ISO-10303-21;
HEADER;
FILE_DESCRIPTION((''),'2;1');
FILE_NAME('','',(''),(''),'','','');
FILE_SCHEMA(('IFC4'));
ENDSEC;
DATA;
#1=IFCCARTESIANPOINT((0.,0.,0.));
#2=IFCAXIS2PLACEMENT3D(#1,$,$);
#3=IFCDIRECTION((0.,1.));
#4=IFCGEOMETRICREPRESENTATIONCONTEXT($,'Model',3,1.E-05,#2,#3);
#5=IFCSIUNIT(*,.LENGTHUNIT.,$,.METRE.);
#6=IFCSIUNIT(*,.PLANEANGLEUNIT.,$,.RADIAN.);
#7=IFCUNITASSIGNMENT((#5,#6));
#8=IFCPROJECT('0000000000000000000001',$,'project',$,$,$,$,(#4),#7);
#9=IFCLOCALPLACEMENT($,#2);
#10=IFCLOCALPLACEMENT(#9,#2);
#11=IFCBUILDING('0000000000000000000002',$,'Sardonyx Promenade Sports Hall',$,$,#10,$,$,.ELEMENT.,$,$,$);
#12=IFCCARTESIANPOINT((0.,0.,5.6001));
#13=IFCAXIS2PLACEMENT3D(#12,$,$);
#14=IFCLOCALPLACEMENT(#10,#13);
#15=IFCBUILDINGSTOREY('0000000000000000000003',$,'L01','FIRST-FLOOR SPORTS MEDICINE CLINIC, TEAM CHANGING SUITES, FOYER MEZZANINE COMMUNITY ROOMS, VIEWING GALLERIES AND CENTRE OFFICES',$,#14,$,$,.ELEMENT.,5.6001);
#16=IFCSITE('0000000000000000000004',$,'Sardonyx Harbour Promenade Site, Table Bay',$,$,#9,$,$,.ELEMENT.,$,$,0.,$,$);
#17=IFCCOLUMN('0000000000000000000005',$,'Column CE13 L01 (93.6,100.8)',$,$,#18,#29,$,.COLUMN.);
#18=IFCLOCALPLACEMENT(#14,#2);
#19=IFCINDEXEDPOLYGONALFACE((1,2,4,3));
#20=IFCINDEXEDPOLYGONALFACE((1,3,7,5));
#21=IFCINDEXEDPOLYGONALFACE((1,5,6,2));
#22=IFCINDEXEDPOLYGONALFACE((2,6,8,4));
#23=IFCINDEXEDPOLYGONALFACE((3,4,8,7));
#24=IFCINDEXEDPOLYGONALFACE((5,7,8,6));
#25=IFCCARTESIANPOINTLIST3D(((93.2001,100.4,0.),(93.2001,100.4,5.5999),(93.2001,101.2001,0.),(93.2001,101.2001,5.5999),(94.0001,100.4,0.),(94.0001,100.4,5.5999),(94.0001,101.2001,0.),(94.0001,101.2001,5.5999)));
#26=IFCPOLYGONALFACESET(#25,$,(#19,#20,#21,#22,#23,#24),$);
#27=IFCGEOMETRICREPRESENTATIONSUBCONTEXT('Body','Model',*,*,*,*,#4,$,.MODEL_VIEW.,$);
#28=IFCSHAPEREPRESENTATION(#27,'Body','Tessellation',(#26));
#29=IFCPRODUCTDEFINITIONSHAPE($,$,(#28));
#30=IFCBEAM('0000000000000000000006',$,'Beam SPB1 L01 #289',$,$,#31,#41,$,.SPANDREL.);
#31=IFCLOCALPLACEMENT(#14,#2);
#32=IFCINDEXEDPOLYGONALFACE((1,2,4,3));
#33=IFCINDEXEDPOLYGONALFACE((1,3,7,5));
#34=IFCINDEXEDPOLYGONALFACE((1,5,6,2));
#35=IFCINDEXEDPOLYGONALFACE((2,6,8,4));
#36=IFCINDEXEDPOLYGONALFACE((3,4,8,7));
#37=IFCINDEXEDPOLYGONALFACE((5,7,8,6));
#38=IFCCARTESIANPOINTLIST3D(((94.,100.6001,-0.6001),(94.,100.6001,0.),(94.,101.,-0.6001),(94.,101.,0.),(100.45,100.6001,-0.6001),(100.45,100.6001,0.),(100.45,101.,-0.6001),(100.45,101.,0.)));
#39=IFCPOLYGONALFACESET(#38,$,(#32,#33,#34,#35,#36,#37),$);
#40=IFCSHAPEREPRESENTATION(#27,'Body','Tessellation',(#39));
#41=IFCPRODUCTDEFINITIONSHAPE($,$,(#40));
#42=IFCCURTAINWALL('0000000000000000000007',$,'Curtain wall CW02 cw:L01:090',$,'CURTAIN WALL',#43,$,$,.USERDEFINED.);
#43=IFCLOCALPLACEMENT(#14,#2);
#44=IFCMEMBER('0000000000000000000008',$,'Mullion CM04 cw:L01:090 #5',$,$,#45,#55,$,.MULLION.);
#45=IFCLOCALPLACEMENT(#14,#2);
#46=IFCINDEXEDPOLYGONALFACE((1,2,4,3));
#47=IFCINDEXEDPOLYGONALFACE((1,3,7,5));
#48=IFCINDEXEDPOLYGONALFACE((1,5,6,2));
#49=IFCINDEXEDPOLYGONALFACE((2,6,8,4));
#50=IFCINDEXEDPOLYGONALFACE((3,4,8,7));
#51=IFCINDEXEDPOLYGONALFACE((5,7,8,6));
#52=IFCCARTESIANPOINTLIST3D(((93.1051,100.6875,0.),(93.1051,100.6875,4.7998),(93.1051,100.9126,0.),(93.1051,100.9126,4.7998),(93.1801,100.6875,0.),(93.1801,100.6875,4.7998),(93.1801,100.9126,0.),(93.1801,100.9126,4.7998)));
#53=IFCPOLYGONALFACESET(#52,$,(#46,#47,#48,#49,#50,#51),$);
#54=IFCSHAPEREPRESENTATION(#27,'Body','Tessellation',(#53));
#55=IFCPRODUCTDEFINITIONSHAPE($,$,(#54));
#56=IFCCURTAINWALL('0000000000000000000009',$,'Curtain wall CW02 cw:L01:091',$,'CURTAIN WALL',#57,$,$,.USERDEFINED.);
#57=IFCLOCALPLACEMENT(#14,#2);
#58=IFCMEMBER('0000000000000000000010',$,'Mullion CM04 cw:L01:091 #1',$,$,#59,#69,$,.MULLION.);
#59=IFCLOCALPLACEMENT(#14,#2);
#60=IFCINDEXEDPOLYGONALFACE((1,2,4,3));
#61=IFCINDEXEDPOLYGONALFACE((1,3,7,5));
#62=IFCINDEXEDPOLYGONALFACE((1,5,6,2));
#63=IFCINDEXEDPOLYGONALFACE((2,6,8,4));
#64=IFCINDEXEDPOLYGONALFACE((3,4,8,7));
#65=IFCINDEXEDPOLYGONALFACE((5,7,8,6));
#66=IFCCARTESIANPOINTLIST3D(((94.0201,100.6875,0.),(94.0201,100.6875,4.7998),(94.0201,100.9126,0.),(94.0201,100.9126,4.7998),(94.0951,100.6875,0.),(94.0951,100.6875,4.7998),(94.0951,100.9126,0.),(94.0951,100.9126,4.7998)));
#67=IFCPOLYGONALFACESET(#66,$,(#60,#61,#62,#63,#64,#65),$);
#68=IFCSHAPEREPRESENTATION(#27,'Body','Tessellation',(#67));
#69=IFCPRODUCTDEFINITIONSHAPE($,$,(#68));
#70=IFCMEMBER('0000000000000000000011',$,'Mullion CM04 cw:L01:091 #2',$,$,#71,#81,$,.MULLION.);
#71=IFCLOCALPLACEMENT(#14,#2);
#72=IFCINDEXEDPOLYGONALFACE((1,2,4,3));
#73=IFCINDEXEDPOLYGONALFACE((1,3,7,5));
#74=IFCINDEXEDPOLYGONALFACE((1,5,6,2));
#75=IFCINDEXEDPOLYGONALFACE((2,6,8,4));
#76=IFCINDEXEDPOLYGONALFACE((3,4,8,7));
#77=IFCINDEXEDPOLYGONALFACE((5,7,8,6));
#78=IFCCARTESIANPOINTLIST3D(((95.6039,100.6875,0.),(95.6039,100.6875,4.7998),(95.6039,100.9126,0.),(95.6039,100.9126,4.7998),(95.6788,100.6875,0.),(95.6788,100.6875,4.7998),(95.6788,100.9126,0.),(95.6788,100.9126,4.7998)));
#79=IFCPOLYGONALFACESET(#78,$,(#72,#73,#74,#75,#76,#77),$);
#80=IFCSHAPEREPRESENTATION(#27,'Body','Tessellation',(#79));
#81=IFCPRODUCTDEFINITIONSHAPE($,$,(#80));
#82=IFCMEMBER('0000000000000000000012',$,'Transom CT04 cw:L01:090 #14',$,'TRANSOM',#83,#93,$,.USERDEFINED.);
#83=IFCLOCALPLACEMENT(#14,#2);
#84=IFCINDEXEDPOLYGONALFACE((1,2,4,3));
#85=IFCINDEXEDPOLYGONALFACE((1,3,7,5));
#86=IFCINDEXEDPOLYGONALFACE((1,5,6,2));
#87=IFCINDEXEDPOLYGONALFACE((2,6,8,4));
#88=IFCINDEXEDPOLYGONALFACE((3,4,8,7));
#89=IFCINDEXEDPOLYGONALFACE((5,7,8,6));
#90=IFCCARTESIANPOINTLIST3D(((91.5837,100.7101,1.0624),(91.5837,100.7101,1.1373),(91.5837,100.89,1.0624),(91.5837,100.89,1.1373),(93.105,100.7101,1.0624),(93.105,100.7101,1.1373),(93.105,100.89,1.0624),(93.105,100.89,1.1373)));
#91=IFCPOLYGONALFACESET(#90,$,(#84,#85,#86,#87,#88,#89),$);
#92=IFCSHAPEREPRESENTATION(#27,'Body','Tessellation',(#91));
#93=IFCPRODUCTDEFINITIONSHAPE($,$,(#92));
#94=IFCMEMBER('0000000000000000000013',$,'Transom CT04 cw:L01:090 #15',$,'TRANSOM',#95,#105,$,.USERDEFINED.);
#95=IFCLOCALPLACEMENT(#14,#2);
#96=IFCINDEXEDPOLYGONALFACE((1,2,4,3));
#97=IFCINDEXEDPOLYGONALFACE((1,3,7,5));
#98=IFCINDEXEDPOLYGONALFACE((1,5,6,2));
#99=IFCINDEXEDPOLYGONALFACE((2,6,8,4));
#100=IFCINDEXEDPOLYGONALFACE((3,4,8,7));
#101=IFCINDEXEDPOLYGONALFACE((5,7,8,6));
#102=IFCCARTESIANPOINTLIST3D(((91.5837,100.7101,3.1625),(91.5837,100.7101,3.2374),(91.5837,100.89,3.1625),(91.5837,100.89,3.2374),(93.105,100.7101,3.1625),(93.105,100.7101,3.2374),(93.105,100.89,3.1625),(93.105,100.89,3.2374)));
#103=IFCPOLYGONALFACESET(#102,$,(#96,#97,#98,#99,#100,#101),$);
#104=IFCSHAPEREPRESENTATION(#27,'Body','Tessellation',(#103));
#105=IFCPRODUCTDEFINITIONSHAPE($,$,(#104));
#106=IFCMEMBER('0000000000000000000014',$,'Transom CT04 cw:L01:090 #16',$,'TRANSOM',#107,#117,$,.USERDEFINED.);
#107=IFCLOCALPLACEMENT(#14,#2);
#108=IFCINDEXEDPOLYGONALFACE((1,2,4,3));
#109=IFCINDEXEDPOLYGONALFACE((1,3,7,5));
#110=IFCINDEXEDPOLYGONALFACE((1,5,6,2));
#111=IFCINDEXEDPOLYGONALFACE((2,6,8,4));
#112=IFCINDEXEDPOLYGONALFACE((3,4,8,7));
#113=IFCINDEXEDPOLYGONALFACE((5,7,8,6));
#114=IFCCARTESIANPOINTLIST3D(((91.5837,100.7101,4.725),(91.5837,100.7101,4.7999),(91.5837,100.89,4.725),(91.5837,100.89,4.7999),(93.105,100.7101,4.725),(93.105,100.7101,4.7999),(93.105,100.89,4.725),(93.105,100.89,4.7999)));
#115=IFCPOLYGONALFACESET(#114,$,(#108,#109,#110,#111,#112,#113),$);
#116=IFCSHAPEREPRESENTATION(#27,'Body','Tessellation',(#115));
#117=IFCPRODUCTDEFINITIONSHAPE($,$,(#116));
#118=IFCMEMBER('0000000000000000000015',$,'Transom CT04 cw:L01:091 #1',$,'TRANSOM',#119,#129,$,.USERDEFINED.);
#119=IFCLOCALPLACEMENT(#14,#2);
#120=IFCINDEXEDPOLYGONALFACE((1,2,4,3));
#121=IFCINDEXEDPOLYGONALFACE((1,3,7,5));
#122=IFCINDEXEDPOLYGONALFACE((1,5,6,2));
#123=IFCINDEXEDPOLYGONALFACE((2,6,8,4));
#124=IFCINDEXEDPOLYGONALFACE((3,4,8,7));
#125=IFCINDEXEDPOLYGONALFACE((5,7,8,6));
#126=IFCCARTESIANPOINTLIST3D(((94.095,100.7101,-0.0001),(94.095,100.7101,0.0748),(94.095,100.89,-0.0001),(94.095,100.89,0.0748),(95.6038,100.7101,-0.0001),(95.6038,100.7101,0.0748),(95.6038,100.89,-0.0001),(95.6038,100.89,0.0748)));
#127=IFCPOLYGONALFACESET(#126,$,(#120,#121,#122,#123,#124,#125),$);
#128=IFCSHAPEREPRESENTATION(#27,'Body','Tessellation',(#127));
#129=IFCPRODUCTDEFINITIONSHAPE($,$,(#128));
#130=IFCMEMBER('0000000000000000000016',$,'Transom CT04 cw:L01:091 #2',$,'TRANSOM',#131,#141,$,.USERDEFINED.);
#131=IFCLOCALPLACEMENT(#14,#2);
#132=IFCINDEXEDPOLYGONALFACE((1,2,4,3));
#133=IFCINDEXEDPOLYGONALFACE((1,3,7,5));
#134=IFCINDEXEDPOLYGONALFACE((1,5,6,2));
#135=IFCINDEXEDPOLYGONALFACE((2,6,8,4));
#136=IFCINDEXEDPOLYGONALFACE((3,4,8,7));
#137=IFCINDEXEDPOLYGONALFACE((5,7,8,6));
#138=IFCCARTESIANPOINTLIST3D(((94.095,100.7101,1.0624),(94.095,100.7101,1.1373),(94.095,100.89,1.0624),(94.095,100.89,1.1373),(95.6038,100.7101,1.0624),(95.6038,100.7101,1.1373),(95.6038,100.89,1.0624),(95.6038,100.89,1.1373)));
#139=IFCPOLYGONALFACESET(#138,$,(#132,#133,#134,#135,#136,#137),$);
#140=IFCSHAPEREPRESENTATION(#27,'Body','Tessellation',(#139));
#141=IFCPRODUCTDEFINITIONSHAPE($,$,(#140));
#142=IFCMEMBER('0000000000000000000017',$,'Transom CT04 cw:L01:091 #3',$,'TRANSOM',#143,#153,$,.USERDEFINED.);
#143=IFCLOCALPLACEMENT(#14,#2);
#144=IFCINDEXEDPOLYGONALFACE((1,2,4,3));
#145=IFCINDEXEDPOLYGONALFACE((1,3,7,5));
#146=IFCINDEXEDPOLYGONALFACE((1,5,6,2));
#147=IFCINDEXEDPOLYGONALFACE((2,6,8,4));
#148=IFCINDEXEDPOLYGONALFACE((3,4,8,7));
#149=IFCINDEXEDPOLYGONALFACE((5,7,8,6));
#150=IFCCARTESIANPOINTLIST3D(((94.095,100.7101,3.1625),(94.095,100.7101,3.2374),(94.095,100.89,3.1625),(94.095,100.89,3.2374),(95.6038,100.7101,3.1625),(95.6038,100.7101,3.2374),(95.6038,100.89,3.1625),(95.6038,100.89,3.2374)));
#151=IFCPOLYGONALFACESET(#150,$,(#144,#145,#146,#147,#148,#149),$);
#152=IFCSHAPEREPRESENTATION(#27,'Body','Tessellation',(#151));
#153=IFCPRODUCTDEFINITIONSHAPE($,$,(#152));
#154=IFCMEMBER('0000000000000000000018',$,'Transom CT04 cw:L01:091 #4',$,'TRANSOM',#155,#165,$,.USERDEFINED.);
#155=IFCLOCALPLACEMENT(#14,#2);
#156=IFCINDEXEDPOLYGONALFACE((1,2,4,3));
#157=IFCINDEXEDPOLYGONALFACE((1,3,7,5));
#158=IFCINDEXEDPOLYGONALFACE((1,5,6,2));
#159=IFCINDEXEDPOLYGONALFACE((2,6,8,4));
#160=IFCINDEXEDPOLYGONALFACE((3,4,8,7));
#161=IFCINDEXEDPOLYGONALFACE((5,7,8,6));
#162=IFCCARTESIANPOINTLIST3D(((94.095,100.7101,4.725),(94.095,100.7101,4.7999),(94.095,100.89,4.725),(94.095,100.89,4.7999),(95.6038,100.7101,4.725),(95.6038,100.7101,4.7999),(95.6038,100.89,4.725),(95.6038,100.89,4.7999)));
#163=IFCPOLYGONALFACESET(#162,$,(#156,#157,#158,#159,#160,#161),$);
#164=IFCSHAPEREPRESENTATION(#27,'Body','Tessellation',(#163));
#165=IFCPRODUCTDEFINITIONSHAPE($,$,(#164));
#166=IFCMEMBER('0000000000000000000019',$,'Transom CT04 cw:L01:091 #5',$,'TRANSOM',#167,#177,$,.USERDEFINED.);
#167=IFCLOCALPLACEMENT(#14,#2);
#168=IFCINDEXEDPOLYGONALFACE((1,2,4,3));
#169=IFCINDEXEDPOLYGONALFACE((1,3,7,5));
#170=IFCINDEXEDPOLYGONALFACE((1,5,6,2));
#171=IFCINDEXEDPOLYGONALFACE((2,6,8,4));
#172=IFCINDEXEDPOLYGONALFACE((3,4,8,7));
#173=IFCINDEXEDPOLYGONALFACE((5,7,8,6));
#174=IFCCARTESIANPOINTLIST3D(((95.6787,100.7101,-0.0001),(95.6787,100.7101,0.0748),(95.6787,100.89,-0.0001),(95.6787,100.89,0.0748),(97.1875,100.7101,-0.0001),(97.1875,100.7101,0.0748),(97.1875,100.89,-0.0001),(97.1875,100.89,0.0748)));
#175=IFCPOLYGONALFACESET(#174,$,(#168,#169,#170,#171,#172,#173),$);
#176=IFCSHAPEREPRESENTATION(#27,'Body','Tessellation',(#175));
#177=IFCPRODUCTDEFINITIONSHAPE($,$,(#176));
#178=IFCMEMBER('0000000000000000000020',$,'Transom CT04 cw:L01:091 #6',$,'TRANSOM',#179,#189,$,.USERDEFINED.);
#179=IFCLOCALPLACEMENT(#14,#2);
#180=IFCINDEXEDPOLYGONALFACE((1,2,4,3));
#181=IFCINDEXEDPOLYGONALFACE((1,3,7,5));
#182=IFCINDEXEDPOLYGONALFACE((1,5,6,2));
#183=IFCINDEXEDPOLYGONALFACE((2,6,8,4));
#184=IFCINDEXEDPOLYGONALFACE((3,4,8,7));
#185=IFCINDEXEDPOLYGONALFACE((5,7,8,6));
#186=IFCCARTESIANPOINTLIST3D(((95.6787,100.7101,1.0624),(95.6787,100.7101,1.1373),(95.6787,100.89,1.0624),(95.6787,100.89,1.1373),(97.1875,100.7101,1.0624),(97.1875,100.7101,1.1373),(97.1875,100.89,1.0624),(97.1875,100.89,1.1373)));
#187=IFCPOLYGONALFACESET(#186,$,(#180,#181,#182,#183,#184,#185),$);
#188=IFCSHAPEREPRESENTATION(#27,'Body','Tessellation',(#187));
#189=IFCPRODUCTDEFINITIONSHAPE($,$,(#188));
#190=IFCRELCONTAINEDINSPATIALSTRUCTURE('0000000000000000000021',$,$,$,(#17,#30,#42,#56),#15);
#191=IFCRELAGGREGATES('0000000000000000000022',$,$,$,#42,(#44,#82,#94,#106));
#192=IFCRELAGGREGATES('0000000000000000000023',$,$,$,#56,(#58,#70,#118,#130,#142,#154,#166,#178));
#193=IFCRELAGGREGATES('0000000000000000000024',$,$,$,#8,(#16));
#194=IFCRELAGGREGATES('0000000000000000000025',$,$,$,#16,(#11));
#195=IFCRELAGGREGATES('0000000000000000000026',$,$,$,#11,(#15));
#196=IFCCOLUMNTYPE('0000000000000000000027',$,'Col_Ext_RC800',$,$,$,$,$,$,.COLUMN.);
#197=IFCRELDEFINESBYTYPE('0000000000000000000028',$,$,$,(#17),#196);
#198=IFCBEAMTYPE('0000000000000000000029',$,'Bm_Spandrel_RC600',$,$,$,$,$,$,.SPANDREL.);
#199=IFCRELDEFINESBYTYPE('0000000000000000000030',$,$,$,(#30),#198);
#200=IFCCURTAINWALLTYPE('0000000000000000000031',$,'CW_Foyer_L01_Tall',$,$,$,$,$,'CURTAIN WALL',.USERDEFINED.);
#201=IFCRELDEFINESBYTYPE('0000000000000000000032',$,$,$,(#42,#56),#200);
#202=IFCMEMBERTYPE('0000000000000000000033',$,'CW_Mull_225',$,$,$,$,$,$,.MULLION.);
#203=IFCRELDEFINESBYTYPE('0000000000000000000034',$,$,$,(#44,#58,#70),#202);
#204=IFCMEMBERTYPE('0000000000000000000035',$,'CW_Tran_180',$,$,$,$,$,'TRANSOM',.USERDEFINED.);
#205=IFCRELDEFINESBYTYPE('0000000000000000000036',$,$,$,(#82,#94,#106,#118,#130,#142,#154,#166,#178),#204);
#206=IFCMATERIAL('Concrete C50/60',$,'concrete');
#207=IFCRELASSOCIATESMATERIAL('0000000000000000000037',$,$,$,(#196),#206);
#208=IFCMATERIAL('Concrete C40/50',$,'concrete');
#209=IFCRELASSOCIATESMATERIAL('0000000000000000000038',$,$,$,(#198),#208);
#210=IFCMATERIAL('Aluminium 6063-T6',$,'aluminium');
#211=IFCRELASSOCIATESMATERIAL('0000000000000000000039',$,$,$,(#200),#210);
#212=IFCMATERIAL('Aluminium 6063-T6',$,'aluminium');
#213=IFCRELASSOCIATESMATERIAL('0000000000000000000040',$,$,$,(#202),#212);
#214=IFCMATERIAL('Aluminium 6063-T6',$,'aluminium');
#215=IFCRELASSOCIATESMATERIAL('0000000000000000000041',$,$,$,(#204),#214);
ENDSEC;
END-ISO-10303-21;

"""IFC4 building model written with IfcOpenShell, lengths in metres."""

from ifc_helpers import new_model, si_unit, direction, frame, origin, origin_2d, place, context, subcontext, project, spatial, rectangle, extrude, material, material_profile, profile_set, type_object, element, aggregate, save


model = new_model("IFC4")

# Units and contexts
model_context = context("Model", 3, precision=1e-05, world=origin(), true_north=direction((0.0, 1.0)))
body_context = subcontext(model_context, "Body", "Model", "MODEL_VIEW")
ifc_project = project(units=[si_unit("LENGTHUNIT", "METRE"), si_unit("PLANEANGLEUNIT", "RADIAN")], contexts=[model_context])

# Site, building, storey
site_placement = place(None, origin())
site = spatial("IfcSite", under=ifc_project, at=site_placement, Name="Sardonyx Harbour Promenade Site, Table Bay", CompositionType="ELEMENT", RefElevation=0.0)
building_placement = place(site_placement, origin())
building = spatial("IfcBuilding", under=site, at=building_placement, Name="Sardonyx Promenade Sports Hall", CompositionType="ELEMENT")
storey_placement = place(building_placement, frame((0.0, 0.0, 5.6001)))
storey = spatial("IfcBuildingStorey", under=building, at=storey_placement, Name="L01", Description="FIRST-FLOOR SPORTS MEDICINE CLINIC, TEAM CHANGING SUITES, FOYER MEZZANINE COMMUNITY ROOMS, VIEWING GALLERIES AND CENTRE OFFICES", CompositionType="ELEMENT", Elevation=5.6001)

# Column
ifc_material_1 = material(Name="Concrete C50/60", Category="concrete")
ifc_material_profile_1 = material_profile(ifc_material_1, rectangle(XDim=0.8, YDim=0.8, at=origin_2d()))
ifc_profile_set_1 = profile_set([ifc_material_profile_1], Name="Concrete C50/60")
column_type = type_object("IfcColumnType", Name="Col_Ext_RC800", PredefinedType="COLUMN", material=ifc_profile_set_1)
column_placement = place(storey_placement, frame((93.6001, 100.8, 0.0), z_axis=(0.0, 0.0, 1.0), x_axis=(1.0, 0.0, 0.0)))
element("IfcColumn", 1, at=column_placement, inside=storey, type_object=column_type, Name="Column CE13 L01 (93.6,100.8)", PredefinedType="COLUMN", context=body_context, shape_type="SweptSolid", body=[
    extrude(rectangle(XDim=0.8, YDim=0.8, at=origin_2d()), origin(), (0.0, 0.0, 1.0), 5.5999),
])

# Beam
ifc_material_2 = material(Name="Concrete C40/50", Category="concrete")
ifc_material_profile_2 = material_profile(ifc_material_2, rectangle(XDim=0.3999, YDim=0.6001, at=origin_2d()))
ifc_profile_set_2 = profile_set([ifc_material_profile_2], Name="Concrete C40/50")
beam_type = type_object("IfcBeamType", Name="Bm_Spandrel_RC600", PredefinedType="SPANDREL", material=ifc_profile_set_2)
beam_placement = place(storey_placement, frame((94.0, 100.8, -0.3), z_axis=(1.0, 0.0, 0.0), x_axis=(0.0, 1.0, 0.0)))
element("IfcBeam", 2, at=beam_placement, inside=storey, type_object=beam_type, Name="Beam SPB1 L01 #289", PredefinedType="SPANDREL", context=body_context, shape_type="SweptSolid", body=[
    extrude(rectangle(XDim=0.3999, YDim=0.6001, at=origin_2d()), origin(), (0.0, 0.0, 1.0), 6.45),
])

# Curtain wall, member
ifc_material_3 = material(Name="Aluminium 6063-T6", Category="aluminium")
curtain_wall_type = type_object("IfcCurtainWallType", Name="CW_Foyer_L01_Tall", ElementType="CURTAIN WALL", PredefinedType="USERDEFINED", material=ifc_material_3)
curtain_wall_1_placement = place(storey_placement, origin())
curtain_wall_1 = element("IfcCurtainWall", 3, at=curtain_wall_1_placement, inside=storey, type_object=curtain_wall_type, Name="Curtain wall CW02 cw:L01:090", ObjectType="CURTAIN WALL", PredefinedType="USERDEFINED")
ifc_material_4 = material(Name="Aluminium 6063-T6", Category="aluminium")
ifc_material_profile_3 = material_profile(ifc_material_4, rectangle(XDim=0.075, YDim=0.2251, at=origin_2d()))
ifc_profile_set_3 = profile_set([ifc_material_profile_3], Name="Aluminium 6063-T6")
member_type_1 = type_object("IfcMemberType", Name="CW_Mull_225", PredefinedType="MULLION", material=ifc_profile_set_3)
member_1_placement = place(storey_placement, frame((93.1426, 100.8, 0.0), z_axis=(0.0, 0.0, 1.0), x_axis=(1.0, 0.0, 0.0)))
member_1 = element("IfcMember", 4, at=member_1_placement, type_object=member_type_1, Name="Mullion CM04 cw:L01:090 #5", PredefinedType="MULLION", context=body_context, shape_type="SweptSolid", body=[
    extrude(rectangle(XDim=0.075, YDim=0.2251, at=origin_2d()), origin(), (0.0, 0.0, 1.0), 4.7998),
])

# Curtain wall, members
curtain_wall_2_placement = place(storey_placement, origin())
curtain_wall_2 = element("IfcCurtainWall", 5, at=curtain_wall_2_placement, inside=storey, type_object=curtain_wall_type, Name="Curtain wall CW02 cw:L01:091", ObjectType="CURTAIN WALL", PredefinedType="USERDEFINED")
member_2_placement = place(storey_placement, frame((94.0576, 100.8, 0.0), z_axis=(0.0, 0.0, 1.0), x_axis=(1.0, 0.0, 0.0)))
member_2 = element("IfcMember", 6, at=member_2_placement, type_object=member_type_1, Name="Mullion CM04 cw:L01:091 #1", PredefinedType="MULLION", context=body_context, shape_type="SweptSolid", body=[
    extrude(rectangle(XDim=0.075, YDim=0.2251, at=origin_2d()), origin(), (0.0, 0.0, 1.0), 4.7998),
])
member_3_placement = place(storey_placement, frame((95.6414, 100.8, 0.0), z_axis=(0.0, 0.0, 1.0), x_axis=(1.0, 0.0, 0.0)))
member_3 = element("IfcMember", 7, at=member_3_placement, type_object=member_type_1, Name="Mullion CM04 cw:L01:091 #2", PredefinedType="MULLION", context=body_context, shape_type="SweptSolid", body=[
    extrude(rectangle(XDim=0.075, YDim=0.2251, at=origin_2d()), origin(), (0.0, 0.0, 1.0), 4.7998),
])

# Members
ifc_material_5 = material(Name="Aluminium 6063-T6", Category="aluminium")
ifc_material_profile_4 = material_profile(ifc_material_5, rectangle(XDim=0.075, YDim=0.1799, at=origin_2d()))
ifc_profile_set_4 = profile_set([ifc_material_profile_4], Name="Aluminium 6063-T6")
member_type_2 = type_object("IfcMemberType", Name="CW_Tran_180", ElementType="TRANSOM", PredefinedType="USERDEFINED", material=ifc_profile_set_4)
member_4_placement = place(storey_placement, frame((91.5837, 100.8, 1.0999), z_axis=(1.0, 0.0, 0.0), x_axis=(0.0, 0.0, 1.0)))
member_4 = element("IfcMember", 8, at=member_4_placement, type_object=member_type_2, Name="Transom CT04 cw:L01:090 #14", ObjectType="TRANSOM", PredefinedType="USERDEFINED", context=body_context, shape_type="SweptSolid", body=[
    extrude(rectangle(XDim=0.075, YDim=0.1799, at=origin_2d()), origin(), (0.0, 0.0, 1.0), 1.5212),
])
member_5_placement = place(storey_placement, frame((91.5837, 100.8, 3.2), z_axis=(1.0, 0.0, 0.0), x_axis=(0.0, 0.0, 1.0)))
member_5 = element("IfcMember", 9, at=member_5_placement, type_object=member_type_2, Name="Transom CT04 cw:L01:090 #15", ObjectType="TRANSOM", PredefinedType="USERDEFINED", context=body_context, shape_type="SweptSolid", body=[
    extrude(rectangle(XDim=0.075, YDim=0.1799, at=origin_2d()), origin(), (0.0, 0.0, 1.0), 1.5212),
])
member_6_placement = place(storey_placement, frame((91.5837, 100.8, 4.7625), z_axis=(1.0, 0.0, 0.0), x_axis=(0.0, 0.0, 1.0)))
member_6 = element("IfcMember", 10, at=member_6_placement, type_object=member_type_2, Name="Transom CT04 cw:L01:090 #16", ObjectType="TRANSOM", PredefinedType="USERDEFINED", context=body_context, shape_type="SweptSolid", body=[
    extrude(rectangle(XDim=0.075, YDim=0.1799, at=origin_2d()), origin(), (0.0, 0.0, 1.0), 1.5212),
])
member_7_placement = place(storey_placement, frame((94.095, 100.8, 0.0374), z_axis=(1.0, 0.0, 0.0), x_axis=(0.0, 0.0, 1.0)))
member_7 = element("IfcMember", 11, at=member_7_placement, type_object=member_type_2, Name="Transom CT04 cw:L01:091 #1", ObjectType="TRANSOM", PredefinedType="USERDEFINED", context=body_context, shape_type="SweptSolid", body=[
    extrude(rectangle(XDim=0.075, YDim=0.1799, at=origin_2d()), origin(), (0.0, 0.0, 1.0), 1.5088),
])
member_8_placement = place(storey_placement, frame((94.095, 100.8, 1.0999), z_axis=(1.0, 0.0, 0.0), x_axis=(0.0, 0.0, 1.0)))
member_8 = element("IfcMember", 12, at=member_8_placement, type_object=member_type_2, Name="Transom CT04 cw:L01:091 #2", ObjectType="TRANSOM", PredefinedType="USERDEFINED", context=body_context, shape_type="SweptSolid", body=[
    extrude(rectangle(XDim=0.075, YDim=0.1799, at=origin_2d()), origin(), (0.0, 0.0, 1.0), 1.5088),
])
member_9_placement = place(storey_placement, frame((94.095, 100.8, 3.2), z_axis=(1.0, 0.0, 0.0), x_axis=(0.0, 0.0, 1.0)))
member_9 = element("IfcMember", 13, at=member_9_placement, type_object=member_type_2, Name="Transom CT04 cw:L01:091 #3", ObjectType="TRANSOM", PredefinedType="USERDEFINED", context=body_context, shape_type="SweptSolid", body=[
    extrude(rectangle(XDim=0.075, YDim=0.1799, at=origin_2d()), origin(), (0.0, 0.0, 1.0), 1.5088),
])
member_10_placement = place(storey_placement, frame((94.095, 100.8, 4.7625), z_axis=(1.0, 0.0, 0.0), x_axis=(0.0, 0.0, 1.0)))
member_10 = element("IfcMember", 14, at=member_10_placement, type_object=member_type_2, Name="Transom CT04 cw:L01:091 #4", ObjectType="TRANSOM", PredefinedType="USERDEFINED", context=body_context, shape_type="SweptSolid", body=[
    extrude(rectangle(XDim=0.075, YDim=0.1799, at=origin_2d()), origin(), (0.0, 0.0, 1.0), 1.5088),
])
member_11_placement = place(storey_placement, frame((95.6787, 100.8, 0.0374), z_axis=(1.0, 0.0, 0.0), x_axis=(0.0, 0.0, 1.0)))
member_11 = element("IfcMember", 15, at=member_11_placement, type_object=member_type_2, Name="Transom CT04 cw:L01:091 #5", ObjectType="TRANSOM", PredefinedType="USERDEFINED", context=body_context, shape_type="SweptSolid", body=[
    extrude(rectangle(XDim=0.075, YDim=0.1799, at=origin_2d()), origin(), (0.0, 0.0, 1.0), 1.5088),
])
member_12_placement = place(storey_placement, frame((95.6787, 100.8, 1.0999), z_axis=(1.0, 0.0, 0.0), x_axis=(0.0, 0.0, 1.0)))
member_12 = element("IfcMember", 16, at=member_12_placement, type_object=member_type_2, Name="Transom CT04 cw:L01:091 #6", ObjectType="TRANSOM", PredefinedType="USERDEFINED", context=body_context, shape_type="SweptSolid", body=[
    extrude(rectangle(XDim=0.075, YDim=0.1799, at=origin_2d()), origin(), (0.0, 0.0, 1.0), 1.5088),
])

aggregate(curtain_wall_1, [member_1, member_4, member_5, member_6])
aggregate(curtain_wall_2, [member_2, member_3, member_7, member_8, member_9, member_10, member_11, member_12])

save(model, "model.ifc")
